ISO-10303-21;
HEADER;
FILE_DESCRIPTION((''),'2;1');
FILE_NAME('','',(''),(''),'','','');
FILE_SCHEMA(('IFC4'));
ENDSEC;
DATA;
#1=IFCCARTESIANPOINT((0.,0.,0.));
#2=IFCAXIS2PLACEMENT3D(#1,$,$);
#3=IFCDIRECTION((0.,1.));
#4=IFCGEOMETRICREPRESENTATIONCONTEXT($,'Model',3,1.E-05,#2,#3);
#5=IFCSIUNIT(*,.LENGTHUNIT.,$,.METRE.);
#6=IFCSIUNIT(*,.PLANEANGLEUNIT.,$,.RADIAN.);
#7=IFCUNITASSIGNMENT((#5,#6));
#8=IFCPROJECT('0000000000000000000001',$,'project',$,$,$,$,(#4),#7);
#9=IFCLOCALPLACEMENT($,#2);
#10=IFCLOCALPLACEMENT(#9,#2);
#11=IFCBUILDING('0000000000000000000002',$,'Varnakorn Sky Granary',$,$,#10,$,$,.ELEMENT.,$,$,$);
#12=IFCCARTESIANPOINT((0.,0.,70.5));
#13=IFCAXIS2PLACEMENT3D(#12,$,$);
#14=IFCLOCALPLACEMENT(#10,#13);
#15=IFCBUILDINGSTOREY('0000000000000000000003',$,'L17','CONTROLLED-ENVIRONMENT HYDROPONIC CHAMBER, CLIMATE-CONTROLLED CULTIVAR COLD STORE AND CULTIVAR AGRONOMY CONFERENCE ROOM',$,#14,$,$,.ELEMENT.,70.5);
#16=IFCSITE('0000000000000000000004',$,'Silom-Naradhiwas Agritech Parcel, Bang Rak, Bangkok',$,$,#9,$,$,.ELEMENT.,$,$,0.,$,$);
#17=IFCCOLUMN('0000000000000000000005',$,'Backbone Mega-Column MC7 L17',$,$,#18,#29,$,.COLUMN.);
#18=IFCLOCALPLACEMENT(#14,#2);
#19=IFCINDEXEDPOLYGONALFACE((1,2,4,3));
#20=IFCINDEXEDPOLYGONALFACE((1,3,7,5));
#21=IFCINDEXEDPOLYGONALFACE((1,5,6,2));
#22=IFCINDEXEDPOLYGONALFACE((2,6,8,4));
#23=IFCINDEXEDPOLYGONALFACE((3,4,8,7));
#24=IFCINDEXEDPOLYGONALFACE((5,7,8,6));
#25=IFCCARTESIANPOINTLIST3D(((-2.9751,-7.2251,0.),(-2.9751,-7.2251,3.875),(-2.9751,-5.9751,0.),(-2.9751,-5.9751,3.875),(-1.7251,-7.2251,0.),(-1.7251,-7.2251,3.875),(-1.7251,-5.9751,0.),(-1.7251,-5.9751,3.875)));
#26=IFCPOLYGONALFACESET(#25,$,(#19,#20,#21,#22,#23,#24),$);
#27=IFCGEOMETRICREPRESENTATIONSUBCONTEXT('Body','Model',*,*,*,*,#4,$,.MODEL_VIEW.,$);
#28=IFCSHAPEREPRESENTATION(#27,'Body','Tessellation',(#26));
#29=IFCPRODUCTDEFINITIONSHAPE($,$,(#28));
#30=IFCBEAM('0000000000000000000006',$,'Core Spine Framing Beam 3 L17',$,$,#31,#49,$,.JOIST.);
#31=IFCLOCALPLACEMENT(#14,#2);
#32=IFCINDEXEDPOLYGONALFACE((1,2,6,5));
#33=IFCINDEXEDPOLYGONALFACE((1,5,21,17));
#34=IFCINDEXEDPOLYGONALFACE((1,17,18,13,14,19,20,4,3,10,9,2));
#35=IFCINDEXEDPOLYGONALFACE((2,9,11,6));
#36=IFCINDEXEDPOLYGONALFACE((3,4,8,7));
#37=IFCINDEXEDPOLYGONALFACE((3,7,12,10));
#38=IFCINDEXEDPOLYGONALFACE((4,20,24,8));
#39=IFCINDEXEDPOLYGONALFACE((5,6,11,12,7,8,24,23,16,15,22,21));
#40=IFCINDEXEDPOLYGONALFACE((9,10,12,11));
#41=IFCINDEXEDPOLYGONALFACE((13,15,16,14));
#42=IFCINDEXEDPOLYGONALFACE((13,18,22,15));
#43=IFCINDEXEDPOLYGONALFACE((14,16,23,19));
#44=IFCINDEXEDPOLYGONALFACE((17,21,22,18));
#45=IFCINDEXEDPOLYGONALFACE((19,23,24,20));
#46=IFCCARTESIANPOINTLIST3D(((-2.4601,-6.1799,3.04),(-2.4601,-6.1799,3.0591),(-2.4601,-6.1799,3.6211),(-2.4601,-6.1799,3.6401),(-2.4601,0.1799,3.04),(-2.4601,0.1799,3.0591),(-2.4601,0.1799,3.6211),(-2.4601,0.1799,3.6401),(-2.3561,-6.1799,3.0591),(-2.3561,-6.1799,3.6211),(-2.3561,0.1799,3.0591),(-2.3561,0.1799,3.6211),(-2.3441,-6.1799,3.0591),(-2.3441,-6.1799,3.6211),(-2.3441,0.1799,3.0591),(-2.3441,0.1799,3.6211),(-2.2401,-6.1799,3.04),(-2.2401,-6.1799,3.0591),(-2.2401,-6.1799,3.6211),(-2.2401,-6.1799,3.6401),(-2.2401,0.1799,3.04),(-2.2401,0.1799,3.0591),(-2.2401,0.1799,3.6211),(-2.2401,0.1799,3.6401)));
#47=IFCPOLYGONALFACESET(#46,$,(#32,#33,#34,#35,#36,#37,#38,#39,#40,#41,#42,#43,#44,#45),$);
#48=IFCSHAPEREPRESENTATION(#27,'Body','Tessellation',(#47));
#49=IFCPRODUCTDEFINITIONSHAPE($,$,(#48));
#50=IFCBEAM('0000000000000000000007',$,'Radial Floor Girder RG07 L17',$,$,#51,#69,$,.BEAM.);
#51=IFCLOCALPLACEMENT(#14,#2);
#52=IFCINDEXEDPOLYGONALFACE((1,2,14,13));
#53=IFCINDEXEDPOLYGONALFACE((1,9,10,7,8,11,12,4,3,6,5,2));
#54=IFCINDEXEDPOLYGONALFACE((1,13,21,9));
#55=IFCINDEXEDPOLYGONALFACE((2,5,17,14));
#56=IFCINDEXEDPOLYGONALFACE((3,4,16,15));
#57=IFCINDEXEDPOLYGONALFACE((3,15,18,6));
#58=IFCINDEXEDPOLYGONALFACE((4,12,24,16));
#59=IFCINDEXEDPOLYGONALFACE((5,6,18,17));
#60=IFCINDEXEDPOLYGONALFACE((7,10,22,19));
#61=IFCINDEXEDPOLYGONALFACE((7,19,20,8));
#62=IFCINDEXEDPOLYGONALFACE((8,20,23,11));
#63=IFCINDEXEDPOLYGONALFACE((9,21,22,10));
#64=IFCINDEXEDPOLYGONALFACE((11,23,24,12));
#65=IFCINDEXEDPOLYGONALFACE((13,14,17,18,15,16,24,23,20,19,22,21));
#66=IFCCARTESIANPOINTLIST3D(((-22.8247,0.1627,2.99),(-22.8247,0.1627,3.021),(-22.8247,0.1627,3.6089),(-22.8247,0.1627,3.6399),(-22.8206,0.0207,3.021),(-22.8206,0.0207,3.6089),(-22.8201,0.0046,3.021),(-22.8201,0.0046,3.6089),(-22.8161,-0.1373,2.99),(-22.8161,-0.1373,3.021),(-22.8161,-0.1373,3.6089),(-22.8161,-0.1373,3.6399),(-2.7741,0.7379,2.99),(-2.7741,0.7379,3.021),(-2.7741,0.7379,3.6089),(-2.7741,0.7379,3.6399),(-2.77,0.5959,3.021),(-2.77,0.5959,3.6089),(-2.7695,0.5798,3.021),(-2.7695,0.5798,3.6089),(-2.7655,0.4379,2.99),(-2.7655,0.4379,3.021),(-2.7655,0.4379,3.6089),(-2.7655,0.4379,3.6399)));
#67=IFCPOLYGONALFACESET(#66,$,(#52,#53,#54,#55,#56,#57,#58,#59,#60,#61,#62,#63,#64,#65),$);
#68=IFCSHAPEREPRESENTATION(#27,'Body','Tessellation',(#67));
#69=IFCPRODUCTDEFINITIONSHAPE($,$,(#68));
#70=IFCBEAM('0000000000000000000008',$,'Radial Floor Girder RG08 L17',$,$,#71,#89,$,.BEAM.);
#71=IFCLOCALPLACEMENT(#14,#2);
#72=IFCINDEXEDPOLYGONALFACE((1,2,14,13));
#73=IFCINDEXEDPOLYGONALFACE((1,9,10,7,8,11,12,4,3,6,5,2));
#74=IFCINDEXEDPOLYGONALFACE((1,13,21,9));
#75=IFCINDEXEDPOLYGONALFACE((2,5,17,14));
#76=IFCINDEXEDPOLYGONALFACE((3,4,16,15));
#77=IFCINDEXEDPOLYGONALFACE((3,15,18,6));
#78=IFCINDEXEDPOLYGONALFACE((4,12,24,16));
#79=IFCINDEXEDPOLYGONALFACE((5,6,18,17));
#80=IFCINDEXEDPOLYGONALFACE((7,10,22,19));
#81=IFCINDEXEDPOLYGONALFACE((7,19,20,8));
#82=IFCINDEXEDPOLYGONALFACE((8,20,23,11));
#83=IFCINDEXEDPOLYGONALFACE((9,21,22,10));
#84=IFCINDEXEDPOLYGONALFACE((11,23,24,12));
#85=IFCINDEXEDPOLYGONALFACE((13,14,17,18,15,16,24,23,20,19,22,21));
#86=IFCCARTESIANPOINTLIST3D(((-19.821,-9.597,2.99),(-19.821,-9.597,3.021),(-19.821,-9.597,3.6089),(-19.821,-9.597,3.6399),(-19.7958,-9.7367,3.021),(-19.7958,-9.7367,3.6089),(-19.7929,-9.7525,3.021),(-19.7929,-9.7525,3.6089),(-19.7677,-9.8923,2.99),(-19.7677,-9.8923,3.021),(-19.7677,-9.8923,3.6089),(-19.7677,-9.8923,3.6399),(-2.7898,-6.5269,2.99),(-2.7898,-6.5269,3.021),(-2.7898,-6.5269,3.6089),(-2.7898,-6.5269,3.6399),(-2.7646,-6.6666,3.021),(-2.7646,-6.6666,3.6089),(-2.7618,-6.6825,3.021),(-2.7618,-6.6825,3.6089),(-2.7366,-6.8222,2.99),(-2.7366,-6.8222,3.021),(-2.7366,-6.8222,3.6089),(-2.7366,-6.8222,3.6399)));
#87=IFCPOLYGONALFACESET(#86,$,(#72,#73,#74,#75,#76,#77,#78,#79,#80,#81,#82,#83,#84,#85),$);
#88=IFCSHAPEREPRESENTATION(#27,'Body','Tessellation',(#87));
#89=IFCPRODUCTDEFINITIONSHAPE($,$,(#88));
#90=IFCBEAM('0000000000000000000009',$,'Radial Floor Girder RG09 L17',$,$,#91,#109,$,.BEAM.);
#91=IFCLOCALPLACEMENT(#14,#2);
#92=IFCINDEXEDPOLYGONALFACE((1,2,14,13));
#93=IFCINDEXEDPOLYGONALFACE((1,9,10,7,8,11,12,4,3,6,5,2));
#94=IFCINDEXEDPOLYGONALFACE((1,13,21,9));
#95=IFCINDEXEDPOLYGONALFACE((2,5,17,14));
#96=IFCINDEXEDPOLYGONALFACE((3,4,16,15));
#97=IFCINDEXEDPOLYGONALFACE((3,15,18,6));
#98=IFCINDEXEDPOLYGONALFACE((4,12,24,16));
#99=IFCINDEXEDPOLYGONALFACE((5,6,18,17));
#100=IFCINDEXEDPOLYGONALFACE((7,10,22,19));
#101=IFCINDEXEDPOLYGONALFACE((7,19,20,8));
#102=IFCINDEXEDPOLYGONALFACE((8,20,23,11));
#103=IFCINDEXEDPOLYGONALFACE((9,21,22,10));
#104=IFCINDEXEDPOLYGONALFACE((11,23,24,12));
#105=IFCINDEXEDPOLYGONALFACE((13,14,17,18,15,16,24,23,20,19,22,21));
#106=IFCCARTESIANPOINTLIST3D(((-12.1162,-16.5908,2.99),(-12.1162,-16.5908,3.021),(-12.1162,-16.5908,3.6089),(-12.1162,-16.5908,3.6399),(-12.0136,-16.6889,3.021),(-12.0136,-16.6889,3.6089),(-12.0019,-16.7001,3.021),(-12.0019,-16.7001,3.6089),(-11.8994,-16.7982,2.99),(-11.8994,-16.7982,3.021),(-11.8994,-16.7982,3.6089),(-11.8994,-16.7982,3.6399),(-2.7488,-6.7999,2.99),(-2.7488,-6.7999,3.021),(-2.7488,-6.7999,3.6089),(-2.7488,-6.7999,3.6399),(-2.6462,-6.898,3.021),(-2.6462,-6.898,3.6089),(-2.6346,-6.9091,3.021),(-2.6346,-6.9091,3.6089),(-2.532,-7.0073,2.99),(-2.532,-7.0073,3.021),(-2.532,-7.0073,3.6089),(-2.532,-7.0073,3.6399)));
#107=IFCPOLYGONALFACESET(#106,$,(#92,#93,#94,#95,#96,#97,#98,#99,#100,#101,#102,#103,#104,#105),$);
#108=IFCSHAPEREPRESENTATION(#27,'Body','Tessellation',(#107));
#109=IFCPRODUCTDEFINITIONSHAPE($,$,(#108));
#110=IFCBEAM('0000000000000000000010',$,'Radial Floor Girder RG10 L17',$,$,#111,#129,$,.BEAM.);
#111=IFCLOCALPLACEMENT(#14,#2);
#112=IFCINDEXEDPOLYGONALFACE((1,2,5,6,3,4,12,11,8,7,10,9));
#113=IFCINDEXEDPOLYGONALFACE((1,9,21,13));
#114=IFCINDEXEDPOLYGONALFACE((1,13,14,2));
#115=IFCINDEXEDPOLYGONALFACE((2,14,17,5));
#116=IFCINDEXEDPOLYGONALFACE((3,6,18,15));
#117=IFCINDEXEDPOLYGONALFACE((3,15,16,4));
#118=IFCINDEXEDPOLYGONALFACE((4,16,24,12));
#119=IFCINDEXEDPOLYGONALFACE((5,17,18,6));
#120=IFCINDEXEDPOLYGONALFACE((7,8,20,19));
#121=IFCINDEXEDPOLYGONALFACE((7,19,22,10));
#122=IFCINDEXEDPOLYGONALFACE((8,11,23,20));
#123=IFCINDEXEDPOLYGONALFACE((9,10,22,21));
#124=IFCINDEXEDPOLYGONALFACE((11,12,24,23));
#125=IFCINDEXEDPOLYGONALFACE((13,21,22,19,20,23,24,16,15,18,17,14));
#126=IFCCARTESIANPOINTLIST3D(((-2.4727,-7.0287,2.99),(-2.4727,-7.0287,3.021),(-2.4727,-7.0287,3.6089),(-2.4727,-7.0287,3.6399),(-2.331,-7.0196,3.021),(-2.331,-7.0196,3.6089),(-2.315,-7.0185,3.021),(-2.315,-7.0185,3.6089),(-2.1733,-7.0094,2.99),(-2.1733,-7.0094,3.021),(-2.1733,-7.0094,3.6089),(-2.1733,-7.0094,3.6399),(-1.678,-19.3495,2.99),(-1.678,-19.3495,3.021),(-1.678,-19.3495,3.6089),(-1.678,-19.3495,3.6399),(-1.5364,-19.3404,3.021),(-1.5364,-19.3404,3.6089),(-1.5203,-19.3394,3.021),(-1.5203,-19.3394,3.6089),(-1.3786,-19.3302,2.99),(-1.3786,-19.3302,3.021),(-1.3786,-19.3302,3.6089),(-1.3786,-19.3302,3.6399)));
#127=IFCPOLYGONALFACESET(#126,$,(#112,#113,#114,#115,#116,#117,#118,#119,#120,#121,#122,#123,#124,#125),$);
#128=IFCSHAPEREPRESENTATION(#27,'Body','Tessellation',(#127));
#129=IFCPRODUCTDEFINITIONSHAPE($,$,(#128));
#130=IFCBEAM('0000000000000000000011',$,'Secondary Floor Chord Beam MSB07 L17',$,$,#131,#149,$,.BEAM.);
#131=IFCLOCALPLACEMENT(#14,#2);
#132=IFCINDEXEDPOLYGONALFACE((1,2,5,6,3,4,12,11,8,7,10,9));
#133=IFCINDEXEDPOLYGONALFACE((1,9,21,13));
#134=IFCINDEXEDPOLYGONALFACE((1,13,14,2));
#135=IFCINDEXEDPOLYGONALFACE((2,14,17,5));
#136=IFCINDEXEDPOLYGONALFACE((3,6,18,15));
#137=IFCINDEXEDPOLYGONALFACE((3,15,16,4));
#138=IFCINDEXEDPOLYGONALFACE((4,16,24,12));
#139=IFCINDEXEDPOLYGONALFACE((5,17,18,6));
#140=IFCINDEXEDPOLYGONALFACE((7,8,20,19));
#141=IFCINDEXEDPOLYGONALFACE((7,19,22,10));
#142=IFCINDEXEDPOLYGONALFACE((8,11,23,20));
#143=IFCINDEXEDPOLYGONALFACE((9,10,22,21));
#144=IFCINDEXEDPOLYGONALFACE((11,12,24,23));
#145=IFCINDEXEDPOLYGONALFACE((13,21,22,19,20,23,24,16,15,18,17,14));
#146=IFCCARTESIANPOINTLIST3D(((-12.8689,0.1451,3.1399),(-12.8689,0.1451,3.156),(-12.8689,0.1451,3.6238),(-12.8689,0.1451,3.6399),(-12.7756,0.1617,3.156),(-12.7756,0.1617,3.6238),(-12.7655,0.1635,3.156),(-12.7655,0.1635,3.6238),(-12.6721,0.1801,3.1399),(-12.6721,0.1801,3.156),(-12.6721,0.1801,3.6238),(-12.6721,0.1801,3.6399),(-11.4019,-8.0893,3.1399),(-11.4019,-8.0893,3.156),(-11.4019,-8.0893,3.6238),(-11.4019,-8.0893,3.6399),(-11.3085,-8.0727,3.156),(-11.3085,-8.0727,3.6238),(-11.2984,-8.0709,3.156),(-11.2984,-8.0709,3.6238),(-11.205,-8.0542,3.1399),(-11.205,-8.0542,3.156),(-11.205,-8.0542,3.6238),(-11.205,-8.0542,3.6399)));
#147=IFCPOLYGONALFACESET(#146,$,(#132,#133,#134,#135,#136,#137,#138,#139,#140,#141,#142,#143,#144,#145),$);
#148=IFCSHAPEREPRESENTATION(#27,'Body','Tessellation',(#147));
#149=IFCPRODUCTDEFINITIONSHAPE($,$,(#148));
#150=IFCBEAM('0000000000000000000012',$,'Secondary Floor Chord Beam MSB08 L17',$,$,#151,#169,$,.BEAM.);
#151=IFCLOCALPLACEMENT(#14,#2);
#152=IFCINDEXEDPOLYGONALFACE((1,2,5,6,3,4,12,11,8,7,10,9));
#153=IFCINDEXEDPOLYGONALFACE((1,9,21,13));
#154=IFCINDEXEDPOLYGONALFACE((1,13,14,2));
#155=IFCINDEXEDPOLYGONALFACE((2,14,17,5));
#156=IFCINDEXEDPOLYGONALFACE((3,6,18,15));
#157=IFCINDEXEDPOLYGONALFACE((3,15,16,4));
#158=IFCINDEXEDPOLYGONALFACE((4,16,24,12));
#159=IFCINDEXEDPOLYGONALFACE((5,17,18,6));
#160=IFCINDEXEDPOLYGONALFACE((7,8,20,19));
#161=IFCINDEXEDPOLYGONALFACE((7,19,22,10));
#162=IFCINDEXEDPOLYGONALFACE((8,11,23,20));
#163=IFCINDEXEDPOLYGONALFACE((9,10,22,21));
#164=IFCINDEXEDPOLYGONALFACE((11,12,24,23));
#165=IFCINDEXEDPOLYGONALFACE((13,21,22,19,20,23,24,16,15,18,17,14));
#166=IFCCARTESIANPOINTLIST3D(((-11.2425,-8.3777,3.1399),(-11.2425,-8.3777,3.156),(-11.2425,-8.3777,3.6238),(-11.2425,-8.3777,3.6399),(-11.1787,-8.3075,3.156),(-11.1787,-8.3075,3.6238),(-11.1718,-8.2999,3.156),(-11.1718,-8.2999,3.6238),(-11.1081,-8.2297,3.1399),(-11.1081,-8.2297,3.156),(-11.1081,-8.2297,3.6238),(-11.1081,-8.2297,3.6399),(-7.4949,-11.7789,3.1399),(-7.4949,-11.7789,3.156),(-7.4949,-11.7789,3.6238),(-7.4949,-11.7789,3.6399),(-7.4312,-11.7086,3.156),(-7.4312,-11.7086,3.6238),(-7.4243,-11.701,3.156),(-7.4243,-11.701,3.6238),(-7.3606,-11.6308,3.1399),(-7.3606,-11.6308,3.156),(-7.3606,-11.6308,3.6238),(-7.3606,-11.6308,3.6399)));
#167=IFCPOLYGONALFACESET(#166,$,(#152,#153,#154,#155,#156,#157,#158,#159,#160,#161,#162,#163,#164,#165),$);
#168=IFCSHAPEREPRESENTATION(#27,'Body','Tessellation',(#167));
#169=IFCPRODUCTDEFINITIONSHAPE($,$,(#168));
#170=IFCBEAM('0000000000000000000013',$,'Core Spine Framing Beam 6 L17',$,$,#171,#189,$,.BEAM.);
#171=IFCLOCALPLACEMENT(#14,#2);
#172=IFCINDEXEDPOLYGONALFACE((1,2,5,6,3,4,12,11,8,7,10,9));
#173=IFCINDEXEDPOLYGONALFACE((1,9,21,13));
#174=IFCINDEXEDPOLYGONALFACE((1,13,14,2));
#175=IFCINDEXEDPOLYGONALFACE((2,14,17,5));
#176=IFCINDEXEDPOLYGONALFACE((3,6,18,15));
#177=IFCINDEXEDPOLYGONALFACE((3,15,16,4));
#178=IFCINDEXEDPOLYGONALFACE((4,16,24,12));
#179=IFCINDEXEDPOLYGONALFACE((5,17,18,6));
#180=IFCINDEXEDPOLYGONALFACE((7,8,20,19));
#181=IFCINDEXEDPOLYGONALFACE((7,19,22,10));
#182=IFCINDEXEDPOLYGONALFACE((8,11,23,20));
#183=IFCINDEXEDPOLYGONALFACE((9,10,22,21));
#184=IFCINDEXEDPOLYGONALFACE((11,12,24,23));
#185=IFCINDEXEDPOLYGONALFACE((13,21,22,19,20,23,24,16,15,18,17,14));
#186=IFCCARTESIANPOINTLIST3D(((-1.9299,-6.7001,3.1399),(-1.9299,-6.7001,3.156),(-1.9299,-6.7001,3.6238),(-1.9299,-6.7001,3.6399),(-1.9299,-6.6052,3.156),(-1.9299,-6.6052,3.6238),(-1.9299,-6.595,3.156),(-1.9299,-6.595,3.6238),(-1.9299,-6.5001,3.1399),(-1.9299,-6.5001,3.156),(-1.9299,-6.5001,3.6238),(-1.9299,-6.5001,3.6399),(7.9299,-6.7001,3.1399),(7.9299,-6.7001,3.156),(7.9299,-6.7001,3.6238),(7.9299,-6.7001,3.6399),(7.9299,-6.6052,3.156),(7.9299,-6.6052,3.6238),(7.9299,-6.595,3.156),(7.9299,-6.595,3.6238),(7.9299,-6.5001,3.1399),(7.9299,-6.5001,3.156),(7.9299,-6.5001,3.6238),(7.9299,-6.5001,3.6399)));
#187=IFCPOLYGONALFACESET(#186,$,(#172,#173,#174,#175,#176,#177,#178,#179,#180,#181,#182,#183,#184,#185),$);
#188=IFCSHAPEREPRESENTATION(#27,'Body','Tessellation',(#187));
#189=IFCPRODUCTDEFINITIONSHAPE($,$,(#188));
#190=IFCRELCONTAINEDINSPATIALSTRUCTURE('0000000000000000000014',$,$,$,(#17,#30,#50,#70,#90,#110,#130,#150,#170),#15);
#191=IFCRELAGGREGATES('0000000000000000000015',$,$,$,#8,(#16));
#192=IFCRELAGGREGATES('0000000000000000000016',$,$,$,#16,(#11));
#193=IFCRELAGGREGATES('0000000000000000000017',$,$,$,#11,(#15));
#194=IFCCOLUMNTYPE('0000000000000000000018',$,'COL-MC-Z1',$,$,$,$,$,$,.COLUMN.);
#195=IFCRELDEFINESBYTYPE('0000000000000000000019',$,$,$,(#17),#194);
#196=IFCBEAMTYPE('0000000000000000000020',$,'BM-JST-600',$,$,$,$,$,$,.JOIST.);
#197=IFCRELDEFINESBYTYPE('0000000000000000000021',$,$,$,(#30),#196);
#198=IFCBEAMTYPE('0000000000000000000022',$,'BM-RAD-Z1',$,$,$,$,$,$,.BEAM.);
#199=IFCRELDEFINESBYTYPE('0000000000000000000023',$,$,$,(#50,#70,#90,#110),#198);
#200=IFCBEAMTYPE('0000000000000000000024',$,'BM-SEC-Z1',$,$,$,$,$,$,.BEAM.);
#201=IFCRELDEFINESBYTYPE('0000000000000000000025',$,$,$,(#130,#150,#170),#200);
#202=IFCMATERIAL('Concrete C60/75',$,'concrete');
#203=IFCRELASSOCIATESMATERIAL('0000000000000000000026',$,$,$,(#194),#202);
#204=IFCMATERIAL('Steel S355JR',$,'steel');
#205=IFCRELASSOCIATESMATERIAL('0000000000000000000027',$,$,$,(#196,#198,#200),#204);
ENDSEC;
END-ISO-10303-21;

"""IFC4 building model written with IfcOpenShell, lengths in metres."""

from ifc_helpers import new_model, si_unit, direction, frame, origin, origin_2d, place, context, subcontext, project, spatial, rectangle, i_section, extrude, material, material_profile, profile_set, type_object, element, save


model = new_model("IFC4")

# Units and contexts
model_context = context("Model", 3, precision=1e-05, world=origin(), true_north=direction((0.0, 1.0)))
body_context = subcontext(model_context, "Body", "Model", "MODEL_VIEW")
ifc_project = project(units=[si_unit("LENGTHUNIT", "METRE"), si_unit("PLANEANGLEUNIT", "RADIAN")], contexts=[model_context])

# Site, building, storey
site_placement = place(None, origin())
site = spatial("IfcSite", under=ifc_project, at=site_placement, Name="Silom-Naradhiwas Agritech Parcel, Bang Rak, Bangkok", CompositionType="ELEMENT", RefElevation=0.0)
building_placement = place(site_placement, origin())
building = spatial("IfcBuilding", under=site, at=building_placement, Name="Varnakorn Sky Granary", CompositionType="ELEMENT")
storey_placement = place(building_placement, frame((0.0, 0.0, 70.5)))
storey = spatial("IfcBuildingStorey", under=building, at=storey_placement, Name="L17", Description="CONTROLLED-ENVIRONMENT HYDROPONIC CHAMBER, CLIMATE-CONTROLLED CULTIVAR COLD STORE AND CULTIVAR AGRONOMY CONFERENCE ROOM", CompositionType="ELEMENT", Elevation=70.5)

# Column
ifc_material_1 = material(Name="Concrete C60/75", Category="concrete")
ifc_material_profile_1 = material_profile(ifc_material_1, rectangle(XDim=1.25, YDim=1.25, at=origin_2d()), Name="RC 1250x1250")
ifc_profile_set_1 = profile_set([ifc_material_profile_1], Name="Concrete C60/75")
column_type = type_object("IfcColumnType", Name="COL-MC-Z1", PredefinedType="COLUMN", material=ifc_profile_set_1)
column_placement = place(storey_placement, frame((-2.3501, -6.6001, 0.0), z_axis=(0.0, 0.0, 1.0), x_axis=(1.0, 0.0, 0.0)))
element("IfcColumn", 1, at=column_placement, inside=storey, type_object=column_type, Name="Backbone Mega-Column MC7 L17", PredefinedType="COLUMN", context=body_context, shape_type="SweptSolid", body=[
    extrude(rectangle(XDim=1.25, YDim=1.25, at=origin_2d()), origin(), (0.0, 0.0, 1.0), 3.875),
])

# Beams
ifc_material_2 = material(Name="Steel S355JR", Category="steel")
ifc_material_profile_2 = material_profile(ifc_material_2, i_section(OverallWidth=0.22, OverallDepth=0.6001, WebThickness=0.012, FlangeThickness=0.019, at=origin_2d()), Name="IPE 600")
ifc_profile_set_2 = profile_set([ifc_material_profile_2], Name="Steel S355JR")
beam_type_1 = type_object("IfcBeamType", Name="BM-JST-600", PredefinedType="JOIST", material=ifc_profile_set_2)
beam_1_placement = place(storey_placement, frame((-2.3501, 0.1799, 3.3401), z_axis=(0.0, -1.0, 0.0), x_axis=(1.0, 0.0, 0.0)))
element("IfcBeam", 2, at=beam_1_placement, inside=storey, type_object=beam_type_1, Name="Core Spine Framing Beam 3 L17", PredefinedType="JOIST", context=body_context, shape_type="SweptSolid", body=[
    extrude(i_section(OverallWidth=0.22, OverallDepth=0.6001, WebThickness=0.012, FlangeThickness=0.019, at=origin_2d()), origin(), (0.0, 0.0, 1.0), 6.3599),
])
ifc_material_profile_3 = material_profile(ifc_material_2, i_section(OverallWidth=0.3, OverallDepth=0.6499, WebThickness=0.0161, FlangeThickness=0.031, at=origin_2d()), Name="HE 650 B")
ifc_profile_set_3 = profile_set([ifc_material_profile_3], Name="Steel S355JR")
beam_type_2 = type_object("IfcBeamType", Name="BM-RAD-Z1", PredefinedType="BEAM", material=ifc_profile_set_3)
beam_2_placement = place(storey_placement, frame((-2.7698, 0.5879, 3.3149), z_axis=(-0.999589, -0.028675, 0.0), x_axis=(0.028675, -0.999589, 0.0)))
element("IfcBeam", 3, at=beam_2_placement, inside=storey, type_object=beam_type_2, Name="Radial Floor Girder RG07 L17", PredefinedType="BEAM", context=body_context, shape_type="SweptSolid", body=[
    extrude(i_section(OverallWidth=0.3, OverallDepth=0.6499, WebThickness=0.0161, FlangeThickness=0.031, at=origin_2d()), origin(), (0.0, 0.0, 1.0), 20.0588),
])
beam_3_placement = place(storey_placement, frame((-2.7632, -6.6746, 3.3149), z_axis=(-0.984139, -0.177402, 0.0), x_axis=(0.177402, -0.984139, 0.0)))
element("IfcBeam", 4, at=beam_3_placement, inside=storey, type_object=beam_type_2, Name="Radial Floor Girder RG08 L17", PredefinedType="BEAM", context=body_context, shape_type="SweptSolid", body=[
    extrude(i_section(OverallWidth=0.3, OverallDepth=0.6499, WebThickness=0.0161, FlangeThickness=0.031, at=origin_2d()), origin(), (0.0, 0.0, 1.0), 17.3057),
])
beam_4_placement = place(storey_placement, frame((-2.6404, -6.9036, 3.3149), z_axis=(-0.691304, -0.722564, 0.0), x_axis=(0.722564, -0.691304, 0.0)))
element("IfcBeam", 5, at=beam_4_placement, inside=storey, type_object=beam_type_2, Name="Radial Floor Girder RG09 L17", PredefinedType="BEAM", context=body_context, shape_type="SweptSolid", body=[
    extrude(i_section(OverallWidth=0.3, OverallDepth=0.6499, WebThickness=0.0161, FlangeThickness=0.031, at=origin_2d()), origin(), (0.0, 0.0, 1.0), 13.5503),
])
beam_5_placement = place(storey_placement, frame((-2.323, -7.019, 3.3149), z_axis=(0.064365, -0.997926, 0.0), x_axis=(0.997926, 0.064365, 0.0)))
element("IfcBeam", 6, at=beam_5_placement, inside=storey, type_object=beam_type_2, Name="Radial Floor Girder RG10 L17", PredefinedType="BEAM", context=body_context, shape_type="SweptSolid", body=[
    extrude(i_section(OverallWidth=0.3, OverallDepth=0.6499, WebThickness=0.0161, FlangeThickness=0.031, at=origin_2d()), origin(), (0.0, 0.0, 1.0), 12.3464),
])
ifc_material_profile_4 = material_profile(ifc_material_2, i_section(OverallWidth=0.2, OverallDepth=0.5, WebThickness=0.0103, FlangeThickness=0.0161, at=origin_2d()), Name="IPE 500")
ifc_profile_set_4 = profile_set([ifc_material_profile_4], Name="Steel S355JR")
beam_type_3 = type_object("IfcBeamType", Name="BM-SEC-Z1", PredefinedType="BEAM", material=ifc_profile_set_4)
beam_6_placement = place(storey_placement, frame((-12.7705, 0.1626, 3.3899), z_axis=(0.175399, -0.984497, 0.0), x_axis=(0.984497, 0.175399, 0.0)))
element("IfcBeam", 7, at=beam_6_placement, inside=storey, type_object=beam_type_3, Name="Secondary Floor Chord Beam MSB07 L17", PredefinedType="BEAM", context=body_context, shape_type="SweptSolid", body=[
    extrude(i_section(OverallWidth=0.2, OverallDepth=0.5, WebThickness=0.0103, FlangeThickness=0.0161, at=origin_2d()), origin(), (0.0, 0.0, 1.0), 8.364),
])
beam_7_placement = place(storey_placement, frame((-11.1753, -8.3037, 3.3899), z_axis=(0.740505, -0.672051, 0.0), x_axis=(0.672051, 0.740505, 0.0)))
element("IfcBeam", 8, at=beam_7_placement, inside=storey, type_object=beam_type_3, Name="Secondary Floor Chord Beam MSB08 L17", PredefinedType="BEAM", context=body_context, shape_type="SweptSolid", body=[
    extrude(i_section(OverallWidth=0.2, OverallDepth=0.5, WebThickness=0.0103, FlangeThickness=0.0161, at=origin_2d()), origin(), (0.0, 0.0, 1.0), 5.0608),
])
beam_8_placement = place(storey_placement, frame((-1.9299, -6.6001, 3.3899), z_axis=(1.0, 0.0, 0.0), x_axis=(0.0, 1.0, 0.0)))
element("IfcBeam", 9, at=beam_8_placement, inside=storey, type_object=beam_type_3, Name="Core Spine Framing Beam 6 L17", PredefinedType="BEAM", context=body_context, shape_type="SweptSolid", body=[
    extrude(i_section(OverallWidth=0.2, OverallDepth=0.5, WebThickness=0.0103, FlangeThickness=0.0161, at=origin_2d()), origin(), (0.0, 0.0, 1.0), 9.8599),
])

save(model, "model.ifc")
